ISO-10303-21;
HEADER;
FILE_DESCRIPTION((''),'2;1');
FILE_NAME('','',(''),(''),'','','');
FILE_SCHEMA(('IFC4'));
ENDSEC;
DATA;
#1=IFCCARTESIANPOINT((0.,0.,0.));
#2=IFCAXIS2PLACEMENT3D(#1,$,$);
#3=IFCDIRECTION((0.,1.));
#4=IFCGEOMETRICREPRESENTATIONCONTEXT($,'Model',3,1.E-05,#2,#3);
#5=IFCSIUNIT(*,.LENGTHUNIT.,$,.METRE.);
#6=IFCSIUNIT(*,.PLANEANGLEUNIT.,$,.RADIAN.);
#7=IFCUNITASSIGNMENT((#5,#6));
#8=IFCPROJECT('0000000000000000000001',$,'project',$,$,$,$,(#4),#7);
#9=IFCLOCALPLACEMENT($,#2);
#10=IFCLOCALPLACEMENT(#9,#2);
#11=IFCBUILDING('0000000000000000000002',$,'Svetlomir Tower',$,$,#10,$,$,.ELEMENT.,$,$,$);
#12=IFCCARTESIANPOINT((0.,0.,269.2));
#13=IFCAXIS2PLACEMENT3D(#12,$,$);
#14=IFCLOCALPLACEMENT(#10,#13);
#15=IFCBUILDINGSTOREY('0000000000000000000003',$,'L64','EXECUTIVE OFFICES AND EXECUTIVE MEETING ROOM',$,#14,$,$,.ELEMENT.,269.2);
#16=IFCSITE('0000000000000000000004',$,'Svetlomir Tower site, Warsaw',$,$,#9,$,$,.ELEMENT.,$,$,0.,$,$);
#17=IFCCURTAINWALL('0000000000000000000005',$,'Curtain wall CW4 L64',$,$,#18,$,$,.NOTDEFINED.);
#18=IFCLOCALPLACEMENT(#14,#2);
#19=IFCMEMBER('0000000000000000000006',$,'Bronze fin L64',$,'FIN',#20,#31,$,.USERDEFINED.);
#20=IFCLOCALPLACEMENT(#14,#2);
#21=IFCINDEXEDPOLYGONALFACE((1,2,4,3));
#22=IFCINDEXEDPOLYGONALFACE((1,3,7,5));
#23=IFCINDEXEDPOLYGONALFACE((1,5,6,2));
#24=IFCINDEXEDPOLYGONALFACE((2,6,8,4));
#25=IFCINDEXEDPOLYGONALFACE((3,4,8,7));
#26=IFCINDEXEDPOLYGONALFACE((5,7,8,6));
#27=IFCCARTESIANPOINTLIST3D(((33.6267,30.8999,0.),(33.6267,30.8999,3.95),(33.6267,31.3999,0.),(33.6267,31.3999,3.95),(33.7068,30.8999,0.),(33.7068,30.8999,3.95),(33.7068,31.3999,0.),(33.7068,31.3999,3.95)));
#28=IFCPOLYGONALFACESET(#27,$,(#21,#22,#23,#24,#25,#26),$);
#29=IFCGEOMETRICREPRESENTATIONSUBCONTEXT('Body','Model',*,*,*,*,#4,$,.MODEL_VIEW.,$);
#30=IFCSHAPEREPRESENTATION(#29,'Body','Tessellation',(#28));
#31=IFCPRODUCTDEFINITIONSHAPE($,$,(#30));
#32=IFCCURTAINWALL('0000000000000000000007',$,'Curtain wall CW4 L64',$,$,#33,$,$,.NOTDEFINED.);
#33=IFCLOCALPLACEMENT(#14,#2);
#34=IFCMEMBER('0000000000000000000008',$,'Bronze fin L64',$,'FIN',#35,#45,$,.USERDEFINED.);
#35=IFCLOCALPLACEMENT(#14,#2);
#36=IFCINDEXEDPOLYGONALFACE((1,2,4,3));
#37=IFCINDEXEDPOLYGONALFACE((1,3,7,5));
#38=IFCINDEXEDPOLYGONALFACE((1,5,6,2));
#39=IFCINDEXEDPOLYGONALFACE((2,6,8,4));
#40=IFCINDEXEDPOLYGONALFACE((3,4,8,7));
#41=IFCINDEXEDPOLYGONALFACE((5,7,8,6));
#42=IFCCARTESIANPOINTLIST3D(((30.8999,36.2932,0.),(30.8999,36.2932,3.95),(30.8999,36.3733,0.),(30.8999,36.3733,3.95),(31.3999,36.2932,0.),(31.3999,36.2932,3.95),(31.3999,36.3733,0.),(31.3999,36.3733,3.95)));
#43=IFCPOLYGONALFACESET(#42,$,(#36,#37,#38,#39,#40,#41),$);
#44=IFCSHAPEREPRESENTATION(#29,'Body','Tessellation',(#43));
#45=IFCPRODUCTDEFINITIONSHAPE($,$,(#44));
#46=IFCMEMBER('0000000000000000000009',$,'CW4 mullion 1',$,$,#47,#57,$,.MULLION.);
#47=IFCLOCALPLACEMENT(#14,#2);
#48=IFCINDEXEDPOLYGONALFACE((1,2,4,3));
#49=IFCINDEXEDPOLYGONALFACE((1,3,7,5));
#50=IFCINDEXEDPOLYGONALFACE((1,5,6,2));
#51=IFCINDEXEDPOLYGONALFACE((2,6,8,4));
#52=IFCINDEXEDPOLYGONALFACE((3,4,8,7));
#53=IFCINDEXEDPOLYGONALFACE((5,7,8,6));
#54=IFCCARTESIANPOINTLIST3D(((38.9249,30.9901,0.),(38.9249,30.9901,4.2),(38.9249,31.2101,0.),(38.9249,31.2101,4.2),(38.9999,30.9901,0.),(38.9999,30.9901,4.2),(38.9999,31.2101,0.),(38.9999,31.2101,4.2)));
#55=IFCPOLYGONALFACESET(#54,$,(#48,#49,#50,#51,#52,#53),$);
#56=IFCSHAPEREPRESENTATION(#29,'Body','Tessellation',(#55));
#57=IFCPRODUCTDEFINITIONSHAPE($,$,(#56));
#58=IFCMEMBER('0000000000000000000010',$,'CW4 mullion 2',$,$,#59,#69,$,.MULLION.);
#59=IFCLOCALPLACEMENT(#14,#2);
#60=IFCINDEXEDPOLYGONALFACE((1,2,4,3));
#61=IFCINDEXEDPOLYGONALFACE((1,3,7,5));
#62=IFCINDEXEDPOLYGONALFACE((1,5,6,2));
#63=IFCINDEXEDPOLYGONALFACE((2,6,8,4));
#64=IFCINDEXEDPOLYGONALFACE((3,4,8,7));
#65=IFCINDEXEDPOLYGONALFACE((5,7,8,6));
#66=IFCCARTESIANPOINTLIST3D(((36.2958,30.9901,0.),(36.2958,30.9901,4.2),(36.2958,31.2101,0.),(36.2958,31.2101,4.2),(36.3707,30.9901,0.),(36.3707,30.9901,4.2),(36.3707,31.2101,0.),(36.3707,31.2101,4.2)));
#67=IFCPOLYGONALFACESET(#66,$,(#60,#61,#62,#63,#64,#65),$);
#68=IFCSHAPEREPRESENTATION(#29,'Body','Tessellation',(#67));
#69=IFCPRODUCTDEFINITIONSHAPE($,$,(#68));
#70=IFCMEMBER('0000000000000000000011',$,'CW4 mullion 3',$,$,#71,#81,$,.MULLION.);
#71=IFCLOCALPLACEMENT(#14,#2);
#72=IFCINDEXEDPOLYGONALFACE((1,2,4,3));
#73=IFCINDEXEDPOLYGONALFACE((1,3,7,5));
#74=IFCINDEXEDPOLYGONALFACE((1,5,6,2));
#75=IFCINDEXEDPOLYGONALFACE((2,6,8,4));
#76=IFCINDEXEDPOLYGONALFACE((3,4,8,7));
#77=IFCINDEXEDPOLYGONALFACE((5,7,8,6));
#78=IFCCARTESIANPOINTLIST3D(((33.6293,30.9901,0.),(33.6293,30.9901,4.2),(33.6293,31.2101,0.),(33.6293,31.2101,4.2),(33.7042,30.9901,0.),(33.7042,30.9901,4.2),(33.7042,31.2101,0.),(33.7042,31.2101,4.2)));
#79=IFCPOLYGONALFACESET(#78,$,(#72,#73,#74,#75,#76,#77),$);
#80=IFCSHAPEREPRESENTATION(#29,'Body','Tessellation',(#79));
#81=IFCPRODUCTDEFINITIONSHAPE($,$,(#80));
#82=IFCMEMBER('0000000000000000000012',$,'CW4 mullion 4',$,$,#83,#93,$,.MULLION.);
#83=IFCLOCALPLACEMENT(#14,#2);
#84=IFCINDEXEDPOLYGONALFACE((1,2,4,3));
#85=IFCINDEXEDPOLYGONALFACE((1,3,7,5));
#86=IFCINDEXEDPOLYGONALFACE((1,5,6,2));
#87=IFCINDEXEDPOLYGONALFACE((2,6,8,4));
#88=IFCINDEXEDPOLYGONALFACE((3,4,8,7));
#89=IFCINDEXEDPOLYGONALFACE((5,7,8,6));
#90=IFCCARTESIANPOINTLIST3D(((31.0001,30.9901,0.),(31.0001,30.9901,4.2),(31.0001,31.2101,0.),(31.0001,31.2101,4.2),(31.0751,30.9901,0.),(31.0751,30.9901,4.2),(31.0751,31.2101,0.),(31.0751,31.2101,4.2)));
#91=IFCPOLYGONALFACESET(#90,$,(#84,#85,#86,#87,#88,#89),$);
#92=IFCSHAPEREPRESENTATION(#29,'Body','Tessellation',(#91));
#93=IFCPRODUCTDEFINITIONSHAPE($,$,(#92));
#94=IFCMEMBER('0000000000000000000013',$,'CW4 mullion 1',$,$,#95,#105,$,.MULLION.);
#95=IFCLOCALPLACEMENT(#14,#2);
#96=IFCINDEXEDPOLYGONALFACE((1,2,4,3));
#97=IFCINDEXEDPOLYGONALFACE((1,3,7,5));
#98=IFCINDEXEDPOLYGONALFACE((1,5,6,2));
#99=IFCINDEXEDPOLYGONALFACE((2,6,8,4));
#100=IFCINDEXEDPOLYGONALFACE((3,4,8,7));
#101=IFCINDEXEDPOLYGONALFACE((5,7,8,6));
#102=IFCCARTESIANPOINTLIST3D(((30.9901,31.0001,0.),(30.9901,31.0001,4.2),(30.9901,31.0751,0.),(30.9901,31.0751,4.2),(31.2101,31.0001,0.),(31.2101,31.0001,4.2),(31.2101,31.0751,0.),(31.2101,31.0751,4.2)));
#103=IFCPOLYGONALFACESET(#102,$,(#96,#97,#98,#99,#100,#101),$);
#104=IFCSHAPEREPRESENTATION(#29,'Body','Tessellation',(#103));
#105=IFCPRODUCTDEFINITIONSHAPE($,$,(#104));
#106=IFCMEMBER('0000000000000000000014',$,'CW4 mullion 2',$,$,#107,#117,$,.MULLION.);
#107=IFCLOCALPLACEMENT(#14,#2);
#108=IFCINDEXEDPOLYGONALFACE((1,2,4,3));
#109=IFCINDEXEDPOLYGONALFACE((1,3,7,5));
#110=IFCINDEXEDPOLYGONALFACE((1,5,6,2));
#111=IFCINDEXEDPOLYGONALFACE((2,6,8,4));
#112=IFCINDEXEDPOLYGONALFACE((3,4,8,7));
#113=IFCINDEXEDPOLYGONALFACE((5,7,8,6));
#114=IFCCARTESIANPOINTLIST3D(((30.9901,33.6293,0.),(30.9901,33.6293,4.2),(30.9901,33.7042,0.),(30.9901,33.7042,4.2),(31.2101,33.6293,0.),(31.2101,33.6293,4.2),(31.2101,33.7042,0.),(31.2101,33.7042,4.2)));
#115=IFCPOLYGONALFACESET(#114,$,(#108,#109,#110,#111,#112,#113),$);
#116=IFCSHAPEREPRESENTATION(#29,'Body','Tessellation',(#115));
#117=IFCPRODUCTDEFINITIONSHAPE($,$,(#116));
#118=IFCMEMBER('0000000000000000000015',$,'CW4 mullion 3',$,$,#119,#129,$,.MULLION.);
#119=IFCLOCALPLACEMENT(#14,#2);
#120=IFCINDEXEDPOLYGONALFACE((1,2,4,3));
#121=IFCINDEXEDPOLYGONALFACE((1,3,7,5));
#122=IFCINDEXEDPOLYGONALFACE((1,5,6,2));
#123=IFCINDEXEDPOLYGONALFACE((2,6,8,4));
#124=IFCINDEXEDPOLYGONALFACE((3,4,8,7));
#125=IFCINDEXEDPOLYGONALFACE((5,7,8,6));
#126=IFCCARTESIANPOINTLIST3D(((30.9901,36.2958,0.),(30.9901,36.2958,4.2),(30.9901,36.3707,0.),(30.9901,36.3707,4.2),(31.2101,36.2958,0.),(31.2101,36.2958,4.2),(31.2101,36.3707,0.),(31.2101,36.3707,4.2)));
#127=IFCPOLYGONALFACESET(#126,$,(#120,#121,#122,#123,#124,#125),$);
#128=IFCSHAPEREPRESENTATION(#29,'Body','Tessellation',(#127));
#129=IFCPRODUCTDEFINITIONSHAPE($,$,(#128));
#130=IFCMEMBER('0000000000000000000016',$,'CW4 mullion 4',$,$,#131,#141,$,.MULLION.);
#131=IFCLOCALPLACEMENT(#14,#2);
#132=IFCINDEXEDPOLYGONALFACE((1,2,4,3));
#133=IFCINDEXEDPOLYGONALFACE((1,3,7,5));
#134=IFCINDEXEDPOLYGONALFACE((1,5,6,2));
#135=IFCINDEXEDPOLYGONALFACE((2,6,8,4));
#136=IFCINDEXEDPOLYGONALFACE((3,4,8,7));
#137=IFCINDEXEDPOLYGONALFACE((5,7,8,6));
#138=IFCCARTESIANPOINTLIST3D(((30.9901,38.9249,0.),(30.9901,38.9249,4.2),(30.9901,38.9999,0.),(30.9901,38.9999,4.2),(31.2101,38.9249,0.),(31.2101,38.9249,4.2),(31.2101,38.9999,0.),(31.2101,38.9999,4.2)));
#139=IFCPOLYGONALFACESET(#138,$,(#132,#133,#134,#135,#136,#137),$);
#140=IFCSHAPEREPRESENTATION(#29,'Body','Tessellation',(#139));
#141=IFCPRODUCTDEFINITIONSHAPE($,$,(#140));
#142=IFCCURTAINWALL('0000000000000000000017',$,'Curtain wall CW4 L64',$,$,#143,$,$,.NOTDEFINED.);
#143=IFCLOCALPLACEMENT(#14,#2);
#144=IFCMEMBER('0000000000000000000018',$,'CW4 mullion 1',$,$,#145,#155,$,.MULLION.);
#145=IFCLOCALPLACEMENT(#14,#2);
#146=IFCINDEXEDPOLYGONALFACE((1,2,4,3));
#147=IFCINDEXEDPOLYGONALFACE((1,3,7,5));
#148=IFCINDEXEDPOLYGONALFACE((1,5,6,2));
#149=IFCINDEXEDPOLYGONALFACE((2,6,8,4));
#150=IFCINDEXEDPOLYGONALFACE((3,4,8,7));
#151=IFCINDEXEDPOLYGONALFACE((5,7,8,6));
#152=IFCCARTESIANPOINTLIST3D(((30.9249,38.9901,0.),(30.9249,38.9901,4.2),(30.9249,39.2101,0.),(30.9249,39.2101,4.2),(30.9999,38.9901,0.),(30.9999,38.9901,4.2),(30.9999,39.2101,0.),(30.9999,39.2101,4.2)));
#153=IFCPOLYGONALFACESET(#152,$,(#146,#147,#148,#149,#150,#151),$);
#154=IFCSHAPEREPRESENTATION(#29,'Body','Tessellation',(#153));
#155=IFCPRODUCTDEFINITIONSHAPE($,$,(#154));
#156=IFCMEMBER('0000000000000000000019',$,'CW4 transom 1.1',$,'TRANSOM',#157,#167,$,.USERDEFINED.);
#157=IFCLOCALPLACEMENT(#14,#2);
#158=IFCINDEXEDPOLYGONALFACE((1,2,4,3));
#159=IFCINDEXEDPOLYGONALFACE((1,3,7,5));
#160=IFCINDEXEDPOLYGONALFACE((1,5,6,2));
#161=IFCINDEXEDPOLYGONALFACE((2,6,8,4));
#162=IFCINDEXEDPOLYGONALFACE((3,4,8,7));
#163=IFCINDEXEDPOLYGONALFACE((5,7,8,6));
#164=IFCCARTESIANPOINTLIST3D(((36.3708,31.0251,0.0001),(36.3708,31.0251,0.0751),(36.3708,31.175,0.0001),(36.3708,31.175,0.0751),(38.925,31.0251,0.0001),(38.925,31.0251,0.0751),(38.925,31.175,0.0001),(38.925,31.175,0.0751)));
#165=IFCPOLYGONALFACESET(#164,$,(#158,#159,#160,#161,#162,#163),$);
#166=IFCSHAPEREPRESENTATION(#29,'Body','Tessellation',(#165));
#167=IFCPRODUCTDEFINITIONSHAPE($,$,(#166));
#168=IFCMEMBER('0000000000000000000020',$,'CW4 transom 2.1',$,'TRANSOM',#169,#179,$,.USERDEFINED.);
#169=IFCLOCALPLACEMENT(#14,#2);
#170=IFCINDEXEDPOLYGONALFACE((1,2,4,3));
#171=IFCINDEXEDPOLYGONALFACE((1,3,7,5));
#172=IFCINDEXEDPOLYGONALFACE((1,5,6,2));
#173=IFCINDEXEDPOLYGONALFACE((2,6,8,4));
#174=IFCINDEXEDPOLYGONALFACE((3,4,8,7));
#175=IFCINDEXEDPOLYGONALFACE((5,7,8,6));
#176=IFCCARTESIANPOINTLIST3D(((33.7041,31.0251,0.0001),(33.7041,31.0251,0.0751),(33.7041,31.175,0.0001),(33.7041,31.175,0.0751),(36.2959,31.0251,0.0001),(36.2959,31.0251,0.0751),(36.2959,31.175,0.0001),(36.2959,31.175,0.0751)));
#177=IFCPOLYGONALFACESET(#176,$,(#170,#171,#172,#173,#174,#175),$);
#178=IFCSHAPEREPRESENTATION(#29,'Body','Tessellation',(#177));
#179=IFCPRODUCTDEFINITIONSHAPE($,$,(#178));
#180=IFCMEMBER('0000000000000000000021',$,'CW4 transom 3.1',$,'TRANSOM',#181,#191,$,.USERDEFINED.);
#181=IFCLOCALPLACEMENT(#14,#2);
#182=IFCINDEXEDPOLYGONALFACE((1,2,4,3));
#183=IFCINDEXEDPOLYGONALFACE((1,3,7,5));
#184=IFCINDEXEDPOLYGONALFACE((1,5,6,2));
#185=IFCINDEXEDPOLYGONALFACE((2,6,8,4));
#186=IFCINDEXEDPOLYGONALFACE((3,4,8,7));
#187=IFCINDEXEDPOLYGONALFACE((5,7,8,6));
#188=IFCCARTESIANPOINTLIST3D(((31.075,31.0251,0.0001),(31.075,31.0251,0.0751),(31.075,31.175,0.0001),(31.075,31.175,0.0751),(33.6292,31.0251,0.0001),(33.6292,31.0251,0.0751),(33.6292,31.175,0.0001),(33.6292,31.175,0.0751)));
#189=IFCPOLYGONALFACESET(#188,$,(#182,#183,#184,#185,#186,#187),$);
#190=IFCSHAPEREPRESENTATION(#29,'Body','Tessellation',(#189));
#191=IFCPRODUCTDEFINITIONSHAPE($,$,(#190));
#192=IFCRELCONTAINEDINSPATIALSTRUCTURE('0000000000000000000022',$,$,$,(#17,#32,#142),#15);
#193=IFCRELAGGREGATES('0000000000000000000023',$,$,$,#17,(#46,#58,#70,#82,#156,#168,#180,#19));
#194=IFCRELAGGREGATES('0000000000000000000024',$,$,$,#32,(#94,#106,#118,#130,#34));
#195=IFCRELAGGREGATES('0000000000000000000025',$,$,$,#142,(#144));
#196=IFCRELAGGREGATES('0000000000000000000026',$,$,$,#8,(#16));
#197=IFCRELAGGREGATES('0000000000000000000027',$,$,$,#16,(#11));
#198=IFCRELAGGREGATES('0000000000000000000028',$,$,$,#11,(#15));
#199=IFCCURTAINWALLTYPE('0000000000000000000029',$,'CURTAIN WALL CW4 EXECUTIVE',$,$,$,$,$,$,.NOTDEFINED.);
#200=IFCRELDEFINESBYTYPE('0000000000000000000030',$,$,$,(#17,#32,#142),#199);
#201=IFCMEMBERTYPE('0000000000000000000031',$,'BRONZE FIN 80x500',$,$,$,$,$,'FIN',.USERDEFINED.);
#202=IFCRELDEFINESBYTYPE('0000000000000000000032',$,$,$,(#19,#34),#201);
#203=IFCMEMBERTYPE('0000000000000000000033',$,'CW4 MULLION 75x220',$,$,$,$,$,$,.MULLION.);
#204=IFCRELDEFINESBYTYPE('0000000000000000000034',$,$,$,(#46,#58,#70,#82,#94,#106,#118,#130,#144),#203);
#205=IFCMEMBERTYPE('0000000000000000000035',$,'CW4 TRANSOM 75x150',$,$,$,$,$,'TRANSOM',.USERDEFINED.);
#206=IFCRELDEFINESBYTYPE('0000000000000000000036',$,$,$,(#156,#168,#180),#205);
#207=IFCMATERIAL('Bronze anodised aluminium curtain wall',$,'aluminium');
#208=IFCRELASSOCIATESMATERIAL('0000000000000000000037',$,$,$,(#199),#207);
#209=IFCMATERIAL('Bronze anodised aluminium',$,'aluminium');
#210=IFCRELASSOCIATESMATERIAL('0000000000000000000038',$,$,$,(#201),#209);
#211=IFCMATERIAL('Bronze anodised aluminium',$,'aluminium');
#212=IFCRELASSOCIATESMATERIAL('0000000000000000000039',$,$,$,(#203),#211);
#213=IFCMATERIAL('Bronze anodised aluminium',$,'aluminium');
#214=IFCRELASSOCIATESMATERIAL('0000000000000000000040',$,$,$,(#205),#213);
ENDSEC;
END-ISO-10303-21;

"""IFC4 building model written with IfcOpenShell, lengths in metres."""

from ifc_helpers import new_model, si_unit, direction, frame, origin, origin_2d, place, context, subcontext, project, spatial, rectangle, extrude, material, material_profile, profile_set, type_object, element, aggregate, save


model = new_model("IFC4")

# Units and contexts
model_context = context("Model", 3, precision=1e-05, world=origin(), true_north=direction((0.0, 1.0)))
body_context = subcontext(model_context, "Body", "Model", "MODEL_VIEW")
ifc_project = project(units=[si_unit("LENGTHUNIT", "METRE"), si_unit("PLANEANGLEUNIT", "RADIAN")], contexts=[model_context])

# Site, building, storey
site_placement = place(None, origin())
site = spatial("IfcSite", under=ifc_project, at=site_placement, Name="Svetlomir Tower site, Warsaw", CompositionType="ELEMENT", RefElevation=0.0)
building_placement = place(site_placement, origin())
building = spatial("IfcBuilding", under=site, at=building_placement, Name="Svetlomir Tower", CompositionType="ELEMENT")
storey_placement = place(building_placement, frame((0.0, 0.0, 269.2)))
storey = spatial("IfcBuildingStorey", under=building, at=storey_placement, Name="L64", Description="EXECUTIVE OFFICES AND EXECUTIVE MEETING ROOM", CompositionType="ELEMENT", Elevation=269.2)

# Curtain walls, members
ifc_material_1 = material(Name="Bronze anodised aluminium curtain wall", Category="aluminium")
curtain_wall_type = type_object("IfcCurtainWallType", Name="CURTAIN WALL CW4 EXECUTIVE", PredefinedType="NOTDEFINED", material=ifc_material_1)
curtain_wall_1_placement = place(storey_placement, origin())
curtain_wall_1 = element("IfcCurtainWall", 1, at=curtain_wall_1_placement, inside=storey, type_object=curtain_wall_type, Name="Curtain wall CW4 L64", PredefinedType="NOTDEFINED")
ifc_material_2 = material(Name="Bronze anodised aluminium", Category="aluminium")
ifc_material_profile_1 = material_profile(ifc_material_2, rectangle(XDim=0.0801, YDim=0.5, at=origin_2d()), Name="FIN 80x500")
ifc_profile_set_1 = profile_set([ifc_material_profile_1], Name="Bronze anodised aluminium 6063-T6")
member_type_1 = type_object("IfcMemberType", Name="BRONZE FIN 80x500", ElementType="FIN", PredefinedType="USERDEFINED", material=ifc_profile_set_1)
member_1_placement = place(storey_placement, frame((33.6667, 31.1499, 0.0), z_axis=(0.0, 0.0, 1.0), x_axis=(1.0, 0.0, 0.0)))
member_1 = element("IfcMember", 2, at=member_1_placement, type_object=member_type_1, Name="Bronze fin L64", ObjectType="FIN", PredefinedType="USERDEFINED", context=body_context, shape_type="SweptSolid", body=[
    extrude(rectangle(XDim=0.0801, YDim=0.5, at=origin_2d()), origin(), (0.0, 0.0, 1.0), 3.95),
])
curtain_wall_2_placement = place(storey_placement, origin())
curtain_wall_2 = element("IfcCurtainWall", 3, at=curtain_wall_2_placement, inside=storey, type_object=curtain_wall_type, Name="Curtain wall CW4 L64", PredefinedType="NOTDEFINED")
member_2_placement = place(storey_placement, frame((31.1499, 36.3333, 0.0), z_axis=(0.0, 0.0, 1.0), x_axis=(0.0, 1.0, 0.0)))
member_2 = element("IfcMember", 4, at=member_2_placement, type_object=member_type_1, Name="Bronze fin L64", ObjectType="FIN", PredefinedType="USERDEFINED", context=body_context, shape_type="SweptSolid", body=[
    extrude(rectangle(XDim=0.0801, YDim=0.5, at=origin_2d()), origin(), (0.0, 0.0, 1.0), 3.95),
])

# Members
ifc_material_3 = material(Name="Bronze anodised aluminium", Category="aluminium")
ifc_material_profile_2 = material_profile(ifc_material_3, rectangle(XDim=0.075, YDim=0.22, at=origin_2d()), Name="AL 75x220")
ifc_profile_set_2 = profile_set([ifc_material_profile_2], Name="Bronze anodised aluminium 6063-T6")
member_type_2 = type_object("IfcMemberType", Name="CW4 MULLION 75x220", PredefinedType="MULLION", material=ifc_profile_set_2)
member_3_placement = place(storey_placement, frame((38.9624, 31.1001, 0.0), z_axis=(0.0, 0.0, 1.0), x_axis=(-1.0, 0.0, 0.0)))
member_3 = element("IfcMember", 5, at=member_3_placement, type_object=member_type_2, Name="CW4 mullion 1", PredefinedType="MULLION", context=body_context, shape_type="SweptSolid", body=[
    extrude(rectangle(XDim=0.075, YDim=0.22, at=origin_2d()), origin(), (0.0, 0.0, 1.0), 4.2),
])
member_4_placement = place(storey_placement, frame((36.3333, 31.1001, 0.0), z_axis=(0.0, 0.0, 1.0), x_axis=(-1.0, 0.0, 0.0)))
member_4 = element("IfcMember", 6, at=member_4_placement, type_object=member_type_2, Name="CW4 mullion 2", PredefinedType="MULLION", context=body_context, shape_type="SweptSolid", body=[
    extrude(rectangle(XDim=0.075, YDim=0.22, at=origin_2d()), origin(), (0.0, 0.0, 1.0), 4.2),
])
member_5_placement = place(storey_placement, frame((33.6667, 31.1001, 0.0), z_axis=(0.0, 0.0, 1.0), x_axis=(-1.0, 0.0, 0.0)))
member_5 = element("IfcMember", 7, at=member_5_placement, type_object=member_type_2, Name="CW4 mullion 3", PredefinedType="MULLION", context=body_context, shape_type="SweptSolid", body=[
    extrude(rectangle(XDim=0.075, YDim=0.22, at=origin_2d()), origin(), (0.0, 0.0, 1.0), 4.2),
])
member_6_placement = place(storey_placement, frame((31.0376, 31.1001, 0.0), z_axis=(0.0, 0.0, 1.0), x_axis=(-1.0, 0.0, 0.0)))
member_6 = element("IfcMember", 8, at=member_6_placement, type_object=member_type_2, Name="CW4 mullion 4", PredefinedType="MULLION", context=body_context, shape_type="SweptSolid", body=[
    extrude(rectangle(XDim=0.075, YDim=0.22, at=origin_2d()), origin(), (0.0, 0.0, 1.0), 4.2),
])
member_7_placement = place(storey_placement, frame((31.1001, 31.0376, 0.0), z_axis=(0.0, 0.0, 1.0), x_axis=(0.0, 1.0, 0.0)))
member_7 = element("IfcMember", 9, at=member_7_placement, type_object=member_type_2, Name="CW4 mullion 1", PredefinedType="MULLION", context=body_context, shape_type="SweptSolid", body=[
    extrude(rectangle(XDim=0.075, YDim=0.22, at=origin_2d()), origin(), (0.0, 0.0, 1.0), 4.2),
])
member_8_placement = place(storey_placement, frame((31.1001, 33.6667, 0.0), z_axis=(0.0, 0.0, 1.0), x_axis=(0.0, 1.0, 0.0)))
member_8 = element("IfcMember", 10, at=member_8_placement, type_object=member_type_2, Name="CW4 mullion 2", PredefinedType="MULLION", context=body_context, shape_type="SweptSolid", body=[
    extrude(rectangle(XDim=0.075, YDim=0.22, at=origin_2d()), origin(), (0.0, 0.0, 1.0), 4.2),
])
member_9_placement = place(storey_placement, frame((31.1001, 36.3333, 0.0), z_axis=(0.0, 0.0, 1.0), x_axis=(0.0, 1.0, 0.0)))
member_9 = element("IfcMember", 11, at=member_9_placement, type_object=member_type_2, Name="CW4 mullion 3", PredefinedType="MULLION", context=body_context, shape_type="SweptSolid", body=[
    extrude(rectangle(XDim=0.075, YDim=0.22, at=origin_2d()), origin(), (0.0, 0.0, 1.0), 4.2),
])
member_10_placement = place(storey_placement, frame((31.1001, 38.9624, 0.0), z_axis=(0.0, 0.0, 1.0), x_axis=(0.0, 1.0, 0.0)))
member_10 = element("IfcMember", 12, at=member_10_placement, type_object=member_type_2, Name="CW4 mullion 4", PredefinedType="MULLION", context=body_context, shape_type="SweptSolid", body=[
    extrude(rectangle(XDim=0.075, YDim=0.22, at=origin_2d()), origin(), (0.0, 0.0, 1.0), 4.2),
])

# Curtain wall, member
curtain_wall_3_placement = place(storey_placement, origin())
curtain_wall_3 = element("IfcCurtainWall", 13, at=curtain_wall_3_placement, inside=storey, type_object=curtain_wall_type, Name="Curtain wall CW4 L64", PredefinedType="NOTDEFINED")
member_11_placement = place(storey_placement, frame((30.9624, 39.1001, 0.0), z_axis=(0.0, 0.0, 1.0), x_axis=(-1.0, 0.0, 0.0)))
member_11 = element("IfcMember", 14, at=member_11_placement, type_object=member_type_2, Name="CW4 mullion 1", PredefinedType="MULLION", context=body_context, shape_type="SweptSolid", body=[
    extrude(rectangle(XDim=0.075, YDim=0.22, at=origin_2d()), origin(), (0.0, 0.0, 1.0), 4.2),
])

# Members
ifc_material_4 = material(Name="Bronze anodised aluminium", Category="aluminium")
ifc_material_profile_3 = material_profile(ifc_material_4, rectangle(XDim=0.1499, YDim=0.075, at=origin_2d()), Name="AL 150x75")
ifc_profile_set_3 = profile_set([ifc_material_profile_3], Name="Bronze anodised aluminium 6063-T6")
member_type_3 = type_object("IfcMemberType", Name="CW4 TRANSOM 75x150", ElementType="TRANSOM", PredefinedType="USERDEFINED", material=ifc_profile_set_3)
member_12_placement = place(storey_placement, frame((38.925, 31.1001, 0.0376), z_axis=(-1.0, 0.0, 0.0), x_axis=(0.0, -1.0, 0.0)))
member_12 = element("IfcMember", 15, at=member_12_placement, type_object=member_type_3, Name="CW4 transom 1.1", ObjectType="TRANSOM", PredefinedType="USERDEFINED", context=body_context, shape_type="SweptSolid", body=[
    extrude(rectangle(XDim=0.1499, YDim=0.075, at=origin_2d()), origin(), (0.0, 0.0, 1.0), 2.5542),
])
member_13_placement = place(storey_placement, frame((36.2959, 31.1001, 0.0376), z_axis=(-1.0, 0.0, 0.0), x_axis=(0.0, -1.0, 0.0)))
member_13 = element("IfcMember", 16, at=member_13_placement, type_object=member_type_3, Name="CW4 transom 2.1", ObjectType="TRANSOM", PredefinedType="USERDEFINED", context=body_context, shape_type="SweptSolid", body=[
    extrude(rectangle(XDim=0.1499, YDim=0.075, at=origin_2d()), origin(), (0.0, 0.0, 1.0), 2.5918),
])
member_14_placement = place(storey_placement, frame((33.6292, 31.1001, 0.0376), z_axis=(-1.0, 0.0, 0.0), x_axis=(0.0, -1.0, 0.0)))
member_14 = element("IfcMember", 17, at=member_14_placement, type_object=member_type_3, Name="CW4 transom 3.1", ObjectType="TRANSOM", PredefinedType="USERDEFINED", context=body_context, shape_type="SweptSolid", body=[
    extrude(rectangle(XDim=0.1499, YDim=0.075, at=origin_2d()), origin(), (0.0, 0.0, 1.0), 2.5542),
])

aggregate(curtain_wall_1, [member_3, member_4, member_5, member_6, member_12, member_13, member_14, member_1])
aggregate(curtain_wall_2, [member_7, member_8, member_9, member_10, member_2])
aggregate(curtain_wall_3, [member_11])

save(model, "model.ifc")
